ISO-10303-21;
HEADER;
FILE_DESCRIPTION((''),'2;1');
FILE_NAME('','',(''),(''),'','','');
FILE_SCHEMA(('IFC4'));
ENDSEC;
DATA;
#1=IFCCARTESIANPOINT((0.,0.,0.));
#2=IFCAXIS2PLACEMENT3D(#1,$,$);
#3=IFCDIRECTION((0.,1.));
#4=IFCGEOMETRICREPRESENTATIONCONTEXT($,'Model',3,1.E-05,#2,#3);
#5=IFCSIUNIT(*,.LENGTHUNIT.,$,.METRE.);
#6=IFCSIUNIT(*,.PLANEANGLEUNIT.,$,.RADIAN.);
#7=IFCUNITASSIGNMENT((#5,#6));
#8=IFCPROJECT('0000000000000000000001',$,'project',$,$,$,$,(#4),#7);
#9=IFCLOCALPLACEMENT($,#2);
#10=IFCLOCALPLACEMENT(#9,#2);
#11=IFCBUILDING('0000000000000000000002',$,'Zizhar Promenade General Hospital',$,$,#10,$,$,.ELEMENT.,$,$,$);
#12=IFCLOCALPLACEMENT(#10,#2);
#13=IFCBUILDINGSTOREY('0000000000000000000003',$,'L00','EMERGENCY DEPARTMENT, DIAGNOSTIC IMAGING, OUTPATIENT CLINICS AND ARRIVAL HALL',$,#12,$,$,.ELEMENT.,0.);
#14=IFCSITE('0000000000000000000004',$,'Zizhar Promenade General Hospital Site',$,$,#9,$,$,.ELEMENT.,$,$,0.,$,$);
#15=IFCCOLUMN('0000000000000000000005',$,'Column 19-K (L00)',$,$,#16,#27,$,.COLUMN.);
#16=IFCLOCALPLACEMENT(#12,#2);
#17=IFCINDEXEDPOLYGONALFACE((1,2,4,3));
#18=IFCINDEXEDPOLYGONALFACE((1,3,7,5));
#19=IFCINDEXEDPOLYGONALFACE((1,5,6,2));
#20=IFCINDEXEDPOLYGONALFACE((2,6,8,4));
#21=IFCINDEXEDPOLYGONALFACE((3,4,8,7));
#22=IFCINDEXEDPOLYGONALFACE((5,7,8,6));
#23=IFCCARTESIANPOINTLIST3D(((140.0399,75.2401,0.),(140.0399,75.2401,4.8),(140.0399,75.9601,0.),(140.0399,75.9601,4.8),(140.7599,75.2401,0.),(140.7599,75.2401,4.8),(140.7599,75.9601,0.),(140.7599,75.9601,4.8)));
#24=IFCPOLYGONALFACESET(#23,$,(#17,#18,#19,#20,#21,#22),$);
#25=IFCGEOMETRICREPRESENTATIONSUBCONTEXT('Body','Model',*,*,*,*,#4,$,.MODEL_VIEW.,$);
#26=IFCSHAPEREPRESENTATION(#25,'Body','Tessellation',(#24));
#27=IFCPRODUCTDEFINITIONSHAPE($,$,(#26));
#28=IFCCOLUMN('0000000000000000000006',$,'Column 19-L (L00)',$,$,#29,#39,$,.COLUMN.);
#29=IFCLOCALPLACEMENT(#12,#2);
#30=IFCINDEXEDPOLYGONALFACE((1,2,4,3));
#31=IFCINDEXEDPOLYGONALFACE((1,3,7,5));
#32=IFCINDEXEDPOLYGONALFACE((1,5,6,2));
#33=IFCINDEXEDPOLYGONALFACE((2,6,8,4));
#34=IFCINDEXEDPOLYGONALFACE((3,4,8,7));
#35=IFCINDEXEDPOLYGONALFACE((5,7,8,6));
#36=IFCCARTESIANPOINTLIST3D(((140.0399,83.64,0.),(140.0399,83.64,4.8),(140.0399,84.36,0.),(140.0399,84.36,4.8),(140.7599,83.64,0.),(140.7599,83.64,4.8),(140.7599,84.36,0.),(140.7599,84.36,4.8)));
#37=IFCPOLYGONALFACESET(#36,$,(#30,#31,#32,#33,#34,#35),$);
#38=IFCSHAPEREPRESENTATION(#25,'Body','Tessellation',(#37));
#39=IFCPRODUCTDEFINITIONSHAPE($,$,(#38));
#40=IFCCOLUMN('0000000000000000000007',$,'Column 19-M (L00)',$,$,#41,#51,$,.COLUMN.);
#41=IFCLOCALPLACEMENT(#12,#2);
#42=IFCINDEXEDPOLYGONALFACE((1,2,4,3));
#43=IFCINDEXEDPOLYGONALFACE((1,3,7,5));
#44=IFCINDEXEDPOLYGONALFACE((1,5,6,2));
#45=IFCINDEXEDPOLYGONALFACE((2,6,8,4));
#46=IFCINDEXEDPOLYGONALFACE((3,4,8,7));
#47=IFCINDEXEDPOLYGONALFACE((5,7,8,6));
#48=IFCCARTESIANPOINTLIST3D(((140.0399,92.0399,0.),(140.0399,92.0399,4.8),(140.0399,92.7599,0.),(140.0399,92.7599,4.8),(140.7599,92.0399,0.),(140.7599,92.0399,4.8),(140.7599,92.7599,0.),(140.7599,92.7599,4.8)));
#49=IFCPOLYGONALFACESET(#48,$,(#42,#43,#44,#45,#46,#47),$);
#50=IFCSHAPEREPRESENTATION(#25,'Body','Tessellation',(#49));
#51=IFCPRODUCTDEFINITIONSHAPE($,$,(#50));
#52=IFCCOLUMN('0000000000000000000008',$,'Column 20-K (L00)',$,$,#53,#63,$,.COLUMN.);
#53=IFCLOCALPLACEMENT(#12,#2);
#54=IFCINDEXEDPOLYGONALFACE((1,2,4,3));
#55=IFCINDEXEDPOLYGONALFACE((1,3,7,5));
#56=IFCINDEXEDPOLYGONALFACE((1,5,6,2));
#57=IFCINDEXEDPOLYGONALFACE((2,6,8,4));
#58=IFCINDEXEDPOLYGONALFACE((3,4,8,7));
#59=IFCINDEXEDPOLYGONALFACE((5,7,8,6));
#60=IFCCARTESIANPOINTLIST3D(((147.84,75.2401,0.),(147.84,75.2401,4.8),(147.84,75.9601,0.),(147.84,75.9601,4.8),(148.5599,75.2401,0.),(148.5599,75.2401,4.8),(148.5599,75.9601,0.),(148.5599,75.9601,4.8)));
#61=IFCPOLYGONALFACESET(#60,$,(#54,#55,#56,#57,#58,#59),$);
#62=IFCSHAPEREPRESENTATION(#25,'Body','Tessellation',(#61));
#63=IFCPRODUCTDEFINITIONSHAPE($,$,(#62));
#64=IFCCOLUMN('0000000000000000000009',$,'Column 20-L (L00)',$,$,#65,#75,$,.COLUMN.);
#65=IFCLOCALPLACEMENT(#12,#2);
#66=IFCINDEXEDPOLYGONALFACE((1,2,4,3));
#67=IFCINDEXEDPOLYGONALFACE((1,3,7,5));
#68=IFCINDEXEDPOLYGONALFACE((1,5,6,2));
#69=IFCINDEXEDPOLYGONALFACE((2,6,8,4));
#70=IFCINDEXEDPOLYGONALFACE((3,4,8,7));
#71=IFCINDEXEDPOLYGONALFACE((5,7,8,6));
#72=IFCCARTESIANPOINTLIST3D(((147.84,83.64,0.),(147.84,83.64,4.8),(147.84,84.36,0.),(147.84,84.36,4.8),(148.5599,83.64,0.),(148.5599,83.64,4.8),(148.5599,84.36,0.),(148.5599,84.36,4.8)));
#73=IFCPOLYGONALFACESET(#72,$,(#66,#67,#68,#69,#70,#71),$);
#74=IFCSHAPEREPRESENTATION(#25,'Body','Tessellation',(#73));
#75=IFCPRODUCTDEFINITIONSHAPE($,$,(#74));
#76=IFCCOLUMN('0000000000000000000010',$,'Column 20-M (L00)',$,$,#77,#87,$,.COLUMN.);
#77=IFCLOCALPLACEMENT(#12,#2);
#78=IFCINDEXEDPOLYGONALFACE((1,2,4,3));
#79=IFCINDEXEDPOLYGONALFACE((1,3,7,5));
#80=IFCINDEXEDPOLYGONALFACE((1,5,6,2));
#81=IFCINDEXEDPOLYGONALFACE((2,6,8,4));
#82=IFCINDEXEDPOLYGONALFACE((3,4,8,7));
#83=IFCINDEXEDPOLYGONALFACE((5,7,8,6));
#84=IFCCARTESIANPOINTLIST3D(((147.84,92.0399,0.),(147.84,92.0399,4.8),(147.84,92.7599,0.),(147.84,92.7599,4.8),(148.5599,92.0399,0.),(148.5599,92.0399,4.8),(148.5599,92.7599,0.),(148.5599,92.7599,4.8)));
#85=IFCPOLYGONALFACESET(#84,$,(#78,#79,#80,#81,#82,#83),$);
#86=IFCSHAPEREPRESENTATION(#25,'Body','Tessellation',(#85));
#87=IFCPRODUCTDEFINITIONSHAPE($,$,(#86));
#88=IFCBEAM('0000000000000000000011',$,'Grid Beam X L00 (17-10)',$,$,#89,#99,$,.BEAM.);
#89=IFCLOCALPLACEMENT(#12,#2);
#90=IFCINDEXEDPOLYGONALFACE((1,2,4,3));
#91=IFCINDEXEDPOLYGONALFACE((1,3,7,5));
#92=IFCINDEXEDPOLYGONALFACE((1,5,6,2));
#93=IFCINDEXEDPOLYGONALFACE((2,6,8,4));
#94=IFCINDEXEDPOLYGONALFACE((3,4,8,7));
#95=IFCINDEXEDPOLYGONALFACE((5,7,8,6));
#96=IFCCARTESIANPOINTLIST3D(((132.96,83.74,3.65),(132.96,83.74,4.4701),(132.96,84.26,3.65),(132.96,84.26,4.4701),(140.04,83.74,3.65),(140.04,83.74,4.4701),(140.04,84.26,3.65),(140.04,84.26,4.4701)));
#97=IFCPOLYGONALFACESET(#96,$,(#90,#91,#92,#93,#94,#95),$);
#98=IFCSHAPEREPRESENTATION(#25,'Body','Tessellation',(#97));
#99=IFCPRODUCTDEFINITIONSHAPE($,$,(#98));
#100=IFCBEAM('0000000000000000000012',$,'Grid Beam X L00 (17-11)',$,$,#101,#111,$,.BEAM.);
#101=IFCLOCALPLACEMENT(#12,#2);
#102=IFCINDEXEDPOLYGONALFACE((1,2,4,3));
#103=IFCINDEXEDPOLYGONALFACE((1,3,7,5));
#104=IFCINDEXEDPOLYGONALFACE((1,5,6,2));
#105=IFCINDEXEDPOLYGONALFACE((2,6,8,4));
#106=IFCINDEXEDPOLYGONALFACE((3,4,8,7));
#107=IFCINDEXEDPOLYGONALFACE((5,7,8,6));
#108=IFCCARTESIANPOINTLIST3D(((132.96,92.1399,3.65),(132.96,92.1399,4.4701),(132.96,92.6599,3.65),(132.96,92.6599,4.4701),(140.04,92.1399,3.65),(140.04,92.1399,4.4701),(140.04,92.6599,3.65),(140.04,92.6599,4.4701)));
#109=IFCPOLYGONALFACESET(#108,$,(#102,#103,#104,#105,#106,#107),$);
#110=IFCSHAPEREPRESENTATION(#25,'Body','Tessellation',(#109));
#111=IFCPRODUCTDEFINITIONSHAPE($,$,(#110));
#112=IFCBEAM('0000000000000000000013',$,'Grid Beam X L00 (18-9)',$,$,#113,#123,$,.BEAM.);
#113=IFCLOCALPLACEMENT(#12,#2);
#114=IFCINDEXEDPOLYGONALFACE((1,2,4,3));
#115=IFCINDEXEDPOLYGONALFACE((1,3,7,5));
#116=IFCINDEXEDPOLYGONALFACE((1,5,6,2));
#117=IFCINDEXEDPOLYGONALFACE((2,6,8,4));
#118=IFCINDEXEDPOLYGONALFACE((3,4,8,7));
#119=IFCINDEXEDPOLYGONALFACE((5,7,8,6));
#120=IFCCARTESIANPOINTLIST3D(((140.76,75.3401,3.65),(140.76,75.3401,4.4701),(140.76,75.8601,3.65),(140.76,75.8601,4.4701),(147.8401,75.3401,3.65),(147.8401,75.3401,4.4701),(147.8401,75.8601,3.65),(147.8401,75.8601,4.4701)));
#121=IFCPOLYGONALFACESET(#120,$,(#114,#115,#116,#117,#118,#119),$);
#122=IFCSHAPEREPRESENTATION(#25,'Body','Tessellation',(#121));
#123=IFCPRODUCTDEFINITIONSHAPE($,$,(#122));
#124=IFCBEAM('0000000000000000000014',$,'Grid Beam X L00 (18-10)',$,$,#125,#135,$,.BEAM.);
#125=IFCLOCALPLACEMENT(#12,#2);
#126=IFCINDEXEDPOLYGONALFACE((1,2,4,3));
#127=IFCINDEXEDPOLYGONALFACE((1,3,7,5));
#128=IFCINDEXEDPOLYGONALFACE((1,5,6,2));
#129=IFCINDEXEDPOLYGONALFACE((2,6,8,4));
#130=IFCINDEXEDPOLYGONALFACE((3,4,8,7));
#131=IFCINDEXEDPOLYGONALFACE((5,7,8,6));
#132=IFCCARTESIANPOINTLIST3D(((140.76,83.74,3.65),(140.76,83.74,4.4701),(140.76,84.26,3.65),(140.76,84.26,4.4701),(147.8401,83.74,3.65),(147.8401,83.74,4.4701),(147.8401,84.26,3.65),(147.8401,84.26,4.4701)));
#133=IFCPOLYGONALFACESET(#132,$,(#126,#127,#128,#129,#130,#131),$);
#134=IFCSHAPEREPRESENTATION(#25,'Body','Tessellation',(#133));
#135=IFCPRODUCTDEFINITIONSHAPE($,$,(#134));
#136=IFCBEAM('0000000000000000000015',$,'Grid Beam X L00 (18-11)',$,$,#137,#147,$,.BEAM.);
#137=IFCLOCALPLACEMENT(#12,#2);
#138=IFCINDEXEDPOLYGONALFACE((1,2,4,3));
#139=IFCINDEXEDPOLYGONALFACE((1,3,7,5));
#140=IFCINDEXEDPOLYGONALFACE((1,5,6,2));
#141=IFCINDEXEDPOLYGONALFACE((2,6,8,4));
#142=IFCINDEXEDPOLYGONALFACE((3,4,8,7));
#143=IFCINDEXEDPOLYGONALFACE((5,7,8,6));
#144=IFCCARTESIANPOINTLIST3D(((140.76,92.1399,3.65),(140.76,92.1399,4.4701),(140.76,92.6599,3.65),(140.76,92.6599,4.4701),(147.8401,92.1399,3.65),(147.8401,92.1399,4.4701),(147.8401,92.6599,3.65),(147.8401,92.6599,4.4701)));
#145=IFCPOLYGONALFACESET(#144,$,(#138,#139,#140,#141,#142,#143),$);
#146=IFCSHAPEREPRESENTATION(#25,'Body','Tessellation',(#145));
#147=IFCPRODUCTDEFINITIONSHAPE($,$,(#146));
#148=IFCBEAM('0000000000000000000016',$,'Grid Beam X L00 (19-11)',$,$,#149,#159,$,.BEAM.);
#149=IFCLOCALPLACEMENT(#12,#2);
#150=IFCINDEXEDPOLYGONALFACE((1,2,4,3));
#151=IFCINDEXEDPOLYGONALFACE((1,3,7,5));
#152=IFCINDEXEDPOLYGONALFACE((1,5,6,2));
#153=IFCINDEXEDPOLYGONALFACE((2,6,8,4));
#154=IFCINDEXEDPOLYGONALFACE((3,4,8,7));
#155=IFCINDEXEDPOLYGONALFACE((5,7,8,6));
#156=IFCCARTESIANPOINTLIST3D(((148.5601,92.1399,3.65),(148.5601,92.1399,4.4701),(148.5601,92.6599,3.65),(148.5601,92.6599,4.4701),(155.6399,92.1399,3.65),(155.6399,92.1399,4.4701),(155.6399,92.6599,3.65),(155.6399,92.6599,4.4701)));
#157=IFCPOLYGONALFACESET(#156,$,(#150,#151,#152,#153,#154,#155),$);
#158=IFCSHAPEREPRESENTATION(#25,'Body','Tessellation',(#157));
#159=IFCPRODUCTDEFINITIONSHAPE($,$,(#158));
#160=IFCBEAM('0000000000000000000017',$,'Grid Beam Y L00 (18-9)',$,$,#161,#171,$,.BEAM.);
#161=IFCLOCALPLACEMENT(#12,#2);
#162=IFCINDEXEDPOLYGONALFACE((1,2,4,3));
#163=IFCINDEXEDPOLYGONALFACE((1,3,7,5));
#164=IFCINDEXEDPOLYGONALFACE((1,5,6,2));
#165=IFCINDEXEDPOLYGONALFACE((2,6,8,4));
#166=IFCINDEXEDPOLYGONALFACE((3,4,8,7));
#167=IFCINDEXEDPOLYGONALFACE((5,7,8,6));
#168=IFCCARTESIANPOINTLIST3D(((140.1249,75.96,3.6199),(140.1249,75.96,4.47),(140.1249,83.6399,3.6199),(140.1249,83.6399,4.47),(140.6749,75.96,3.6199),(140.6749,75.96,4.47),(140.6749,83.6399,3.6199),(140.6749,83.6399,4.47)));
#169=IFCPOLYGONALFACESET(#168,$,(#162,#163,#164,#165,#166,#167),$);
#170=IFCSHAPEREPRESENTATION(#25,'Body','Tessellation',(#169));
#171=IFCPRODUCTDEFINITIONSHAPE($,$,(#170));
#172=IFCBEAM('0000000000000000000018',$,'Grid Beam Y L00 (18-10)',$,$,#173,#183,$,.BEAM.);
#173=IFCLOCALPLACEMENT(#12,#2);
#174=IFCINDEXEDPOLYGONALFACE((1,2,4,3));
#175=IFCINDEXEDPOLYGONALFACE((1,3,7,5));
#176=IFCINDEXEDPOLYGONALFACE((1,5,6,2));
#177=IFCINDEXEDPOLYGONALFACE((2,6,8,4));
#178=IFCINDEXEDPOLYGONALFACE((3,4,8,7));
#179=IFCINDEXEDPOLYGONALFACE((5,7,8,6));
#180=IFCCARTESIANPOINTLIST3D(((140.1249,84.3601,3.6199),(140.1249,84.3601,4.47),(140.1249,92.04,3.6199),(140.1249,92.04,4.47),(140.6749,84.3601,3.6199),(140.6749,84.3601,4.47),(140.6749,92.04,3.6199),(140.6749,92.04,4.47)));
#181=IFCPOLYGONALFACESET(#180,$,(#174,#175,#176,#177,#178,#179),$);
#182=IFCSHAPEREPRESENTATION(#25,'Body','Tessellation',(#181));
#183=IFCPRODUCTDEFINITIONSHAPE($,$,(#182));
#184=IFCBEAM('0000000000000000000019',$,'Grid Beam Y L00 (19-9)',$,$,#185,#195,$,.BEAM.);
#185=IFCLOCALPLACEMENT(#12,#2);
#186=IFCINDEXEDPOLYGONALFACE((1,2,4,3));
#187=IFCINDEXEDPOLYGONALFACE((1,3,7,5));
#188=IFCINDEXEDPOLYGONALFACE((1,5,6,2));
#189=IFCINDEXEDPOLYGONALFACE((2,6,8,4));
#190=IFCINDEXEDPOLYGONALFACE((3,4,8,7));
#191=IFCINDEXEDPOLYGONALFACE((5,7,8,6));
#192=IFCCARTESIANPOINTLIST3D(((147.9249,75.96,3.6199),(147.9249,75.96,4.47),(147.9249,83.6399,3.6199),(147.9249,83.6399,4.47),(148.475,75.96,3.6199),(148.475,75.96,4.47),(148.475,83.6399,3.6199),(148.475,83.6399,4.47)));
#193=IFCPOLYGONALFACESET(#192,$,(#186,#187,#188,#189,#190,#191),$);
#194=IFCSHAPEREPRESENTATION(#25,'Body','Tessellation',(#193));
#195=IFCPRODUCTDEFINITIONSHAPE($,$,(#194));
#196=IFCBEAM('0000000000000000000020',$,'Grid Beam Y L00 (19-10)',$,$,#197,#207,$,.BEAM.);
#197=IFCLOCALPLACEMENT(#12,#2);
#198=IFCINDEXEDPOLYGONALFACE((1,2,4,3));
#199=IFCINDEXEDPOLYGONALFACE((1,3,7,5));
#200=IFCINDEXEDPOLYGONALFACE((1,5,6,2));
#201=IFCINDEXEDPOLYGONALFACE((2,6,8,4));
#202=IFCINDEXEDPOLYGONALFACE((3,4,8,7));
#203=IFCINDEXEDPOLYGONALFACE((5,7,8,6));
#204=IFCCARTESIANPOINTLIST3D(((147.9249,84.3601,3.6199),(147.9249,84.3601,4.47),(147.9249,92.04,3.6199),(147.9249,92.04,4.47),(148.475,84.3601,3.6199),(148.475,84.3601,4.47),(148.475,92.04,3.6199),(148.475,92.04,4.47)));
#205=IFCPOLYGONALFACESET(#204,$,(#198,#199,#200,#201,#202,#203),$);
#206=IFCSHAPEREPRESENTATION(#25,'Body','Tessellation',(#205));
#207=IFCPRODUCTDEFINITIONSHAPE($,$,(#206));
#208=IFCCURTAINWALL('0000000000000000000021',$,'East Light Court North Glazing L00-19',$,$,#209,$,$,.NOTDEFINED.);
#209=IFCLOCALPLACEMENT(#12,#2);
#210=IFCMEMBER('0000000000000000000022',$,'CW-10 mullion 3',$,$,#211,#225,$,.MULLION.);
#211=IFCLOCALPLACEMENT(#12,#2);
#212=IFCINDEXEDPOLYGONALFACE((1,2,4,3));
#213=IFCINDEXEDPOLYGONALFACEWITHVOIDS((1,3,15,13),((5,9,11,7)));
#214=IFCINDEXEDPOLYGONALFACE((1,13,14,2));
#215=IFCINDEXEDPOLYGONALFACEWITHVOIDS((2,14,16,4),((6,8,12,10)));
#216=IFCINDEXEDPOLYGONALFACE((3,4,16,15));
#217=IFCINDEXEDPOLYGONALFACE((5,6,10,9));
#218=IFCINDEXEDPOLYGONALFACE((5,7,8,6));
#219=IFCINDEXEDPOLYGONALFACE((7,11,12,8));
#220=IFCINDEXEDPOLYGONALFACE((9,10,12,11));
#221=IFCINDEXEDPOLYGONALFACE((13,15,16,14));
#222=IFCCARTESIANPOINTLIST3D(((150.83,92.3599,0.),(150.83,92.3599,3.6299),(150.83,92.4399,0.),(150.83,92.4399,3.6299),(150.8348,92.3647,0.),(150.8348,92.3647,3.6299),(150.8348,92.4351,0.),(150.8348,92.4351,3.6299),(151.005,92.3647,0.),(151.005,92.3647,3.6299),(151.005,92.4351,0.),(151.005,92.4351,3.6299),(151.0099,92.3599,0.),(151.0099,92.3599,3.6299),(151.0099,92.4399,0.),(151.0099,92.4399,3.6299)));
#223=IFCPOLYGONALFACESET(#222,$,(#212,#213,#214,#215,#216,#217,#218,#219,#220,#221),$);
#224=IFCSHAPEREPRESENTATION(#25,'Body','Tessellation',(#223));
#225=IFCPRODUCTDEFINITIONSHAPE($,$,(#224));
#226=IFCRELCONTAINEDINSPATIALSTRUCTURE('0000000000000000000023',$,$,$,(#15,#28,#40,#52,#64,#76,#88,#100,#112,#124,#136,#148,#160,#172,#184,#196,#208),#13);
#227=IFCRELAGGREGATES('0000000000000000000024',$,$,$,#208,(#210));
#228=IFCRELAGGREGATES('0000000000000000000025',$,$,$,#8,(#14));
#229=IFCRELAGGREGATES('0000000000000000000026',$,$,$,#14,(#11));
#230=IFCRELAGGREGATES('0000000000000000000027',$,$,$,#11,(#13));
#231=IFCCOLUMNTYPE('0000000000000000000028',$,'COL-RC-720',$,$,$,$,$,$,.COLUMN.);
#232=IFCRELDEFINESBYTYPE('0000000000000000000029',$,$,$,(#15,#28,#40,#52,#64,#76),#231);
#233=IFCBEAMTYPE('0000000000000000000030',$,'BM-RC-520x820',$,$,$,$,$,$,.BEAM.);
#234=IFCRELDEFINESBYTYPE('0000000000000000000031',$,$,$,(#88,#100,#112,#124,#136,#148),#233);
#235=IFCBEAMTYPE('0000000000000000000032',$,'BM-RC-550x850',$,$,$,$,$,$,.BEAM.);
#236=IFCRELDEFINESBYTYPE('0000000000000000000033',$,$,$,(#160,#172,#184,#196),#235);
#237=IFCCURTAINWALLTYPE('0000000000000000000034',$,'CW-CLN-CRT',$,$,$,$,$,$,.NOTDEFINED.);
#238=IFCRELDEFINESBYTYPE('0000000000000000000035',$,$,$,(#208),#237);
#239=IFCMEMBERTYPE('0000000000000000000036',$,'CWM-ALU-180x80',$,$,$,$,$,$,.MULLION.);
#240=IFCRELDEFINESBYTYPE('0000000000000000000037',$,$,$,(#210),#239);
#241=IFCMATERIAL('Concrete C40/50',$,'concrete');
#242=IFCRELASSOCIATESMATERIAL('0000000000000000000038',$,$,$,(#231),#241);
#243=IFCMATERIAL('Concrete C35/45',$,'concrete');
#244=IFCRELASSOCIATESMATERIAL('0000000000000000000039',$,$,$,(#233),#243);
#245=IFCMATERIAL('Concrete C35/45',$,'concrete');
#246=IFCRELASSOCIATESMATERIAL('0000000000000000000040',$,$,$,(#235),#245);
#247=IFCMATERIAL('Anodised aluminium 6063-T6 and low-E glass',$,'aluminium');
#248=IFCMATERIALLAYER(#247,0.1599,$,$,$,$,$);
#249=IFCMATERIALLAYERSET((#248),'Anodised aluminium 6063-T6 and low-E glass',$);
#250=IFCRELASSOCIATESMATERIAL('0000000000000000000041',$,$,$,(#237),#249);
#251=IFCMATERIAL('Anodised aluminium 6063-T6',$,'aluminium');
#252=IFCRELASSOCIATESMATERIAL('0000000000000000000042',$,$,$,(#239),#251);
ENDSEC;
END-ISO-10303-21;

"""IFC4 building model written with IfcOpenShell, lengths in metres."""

from ifc_helpers import new_model, si_unit, direction, frame, origin, origin_2d, place, context, subcontext, project, spatial, rectangle, hollow_rectangle, extrude, material, layer, layer_set, material_profile, profile_set, type_object, element, aggregate, save


model = new_model("IFC4")

# Units and contexts
model_context = context("Model", 3, precision=1e-05, world=origin(), true_north=direction((0.0, 1.0)))
body_context = subcontext(model_context, "Body", "Model", "MODEL_VIEW")
ifc_project = project(units=[si_unit("LENGTHUNIT", "METRE"), si_unit("PLANEANGLEUNIT", "RADIAN")], contexts=[model_context])

# Site, building, storey
site_placement = place(None, origin())
site = spatial("IfcSite", under=ifc_project, at=site_placement, Name="Zizhar Promenade General Hospital Site", CompositionType="ELEMENT", RefElevation=0.0)
building_placement = place(site_placement, origin())
building = spatial("IfcBuilding", under=site, at=building_placement, Name="Zizhar Promenade General Hospital", CompositionType="ELEMENT")
storey_placement = place(building_placement, origin())
storey = spatial("IfcBuildingStorey", under=building, at=storey_placement, Name="L00", Description="EMERGENCY DEPARTMENT, DIAGNOSTIC IMAGING, OUTPATIENT CLINICS AND ARRIVAL HALL", CompositionType="ELEMENT", Elevation=0.0)

# Columns
ifc_material_1 = material(Name="Concrete C40/50", Category="concrete")
ifc_material_profile_1 = material_profile(ifc_material_1, rectangle(XDim=0.72, YDim=0.72, at=origin_2d()))
ifc_profile_set_1 = profile_set([ifc_material_profile_1], Name="Concrete C40/50")
column_type = type_object("IfcColumnType", Name="COL-RC-720", PredefinedType="COLUMN", material=ifc_profile_set_1)
for number, where, z_axis, x_axis, name in (
    (1, (140.3999, 75.6001, 0.0), (0.0, 0.0, 1.0), (1.0, 0.0, 0.0), "Column 19-K (L00)"),
    (2, (140.3999, 84.0, 0.0), (0.0, 0.0, 1.0), (1.0, 0.0, 0.0), "Column 19-L (L00)"),
    (3, (140.3999, 92.3999, 0.0), (0.0, 0.0, 1.0), (1.0, 0.0, 0.0), "Column 19-M (L00)"),
    (4, (148.2, 75.6001, 0.0), (0.0, 0.0, 1.0), (1.0, 0.0, 0.0), "Column 20-K (L00)"),
    (5, (148.2, 84.0, 0.0), (0.0, 0.0, 1.0), (1.0, 0.0, 0.0), "Column 20-L (L00)"),
    (6, (148.2, 92.3999, 0.0), (0.0, 0.0, 1.0), (1.0, 0.0, 0.0), "Column 20-M (L00)"),
):
    element("IfcColumn", number, at=place(storey_placement, frame(where, z_axis=z_axis, x_axis=x_axis)), inside=storey, type_object=column_type, Name=name, PredefinedType="COLUMN", context=body_context, shape_type="SweptSolid", body=[
        extrude(rectangle(XDim=0.72, YDim=0.72, at=origin_2d()), origin(), (0.0, 0.0, 1.0), 4.8),
    ])

# Beams
ifc_material_2 = material(Name="Concrete C35/45", Category="concrete")
ifc_material_profile_2 = material_profile(ifc_material_2, rectangle(XDim=0.52, YDim=0.8201, at=origin_2d()))
ifc_profile_set_2 = profile_set([ifc_material_profile_2], Name="Concrete C35/45")
beam_type_1 = type_object("IfcBeamType", Name="BM-RC-520x820", PredefinedType="BEAM", material=ifc_profile_set_2)
for number, where, z_axis, x_axis, name in (
    (7, (132.96, 84.0, 4.0601), (1.0, 0.0, 0.0), (0.0, 1.0, 0.0), "Grid Beam X L00 (17-10)"),
    (8, (132.96, 92.3999, 4.0601), (1.0, 0.0, 0.0), (0.0, 1.0, 0.0), "Grid Beam X L00 (17-11)"),
    (9, (140.76, 75.6001, 4.0601), (1.0, 0.0, 0.0), (0.0, 1.0, 0.0), "Grid Beam X L00 (18-9)"),
    (10, (140.76, 84.0, 4.0601), (1.0, 0.0, 0.0), (0.0, 1.0, 0.0), "Grid Beam X L00 (18-10)"),
    (11, (140.76, 92.3999, 4.0601), (1.0, 0.0, 0.0), (0.0, 1.0, 0.0), "Grid Beam X L00 (18-11)"),
):
    element("IfcBeam", number, at=place(storey_placement, frame(where, z_axis=z_axis, x_axis=x_axis)), inside=storey, type_object=beam_type_1, Name=name, PredefinedType="BEAM", context=body_context, shape_type="SweptSolid", body=[
        extrude(rectangle(XDim=0.52, YDim=0.8201, at=origin_2d()), origin(), (0.0, 0.0, 1.0), 7.0801),
    ])
beam_placement = place(storey_placement, frame((148.5601, 92.3999, 4.0601), z_axis=(1.0, 0.0, 0.0), x_axis=(0.0, 1.0, 0.0)))
element("IfcBeam", 12, at=beam_placement, inside=storey, type_object=beam_type_1, Name="Grid Beam X L00 (19-11)", PredefinedType="BEAM", context=body_context, shape_type="SweptSolid", body=[
    extrude(rectangle(XDim=0.52, YDim=0.8201, at=origin_2d()), origin(), (0.0, 0.0, 1.0), 7.0798),
])
ifc_material_3 = material(Name="Concrete C35/45", Category="concrete")
ifc_material_profile_3 = material_profile(ifc_material_3, rectangle(XDim=0.55, YDim=0.8501, at=origin_2d()))
ifc_profile_set_3 = profile_set([ifc_material_profile_3], Name="Concrete C35/45")
beam_type_2 = type_object("IfcBeamType", Name="BM-RC-550x850", PredefinedType="BEAM", material=ifc_profile_set_3)
for number, where, z_axis, x_axis, name in (
    (13, (140.3999, 75.96, 4.0449), (0.0, 1.0, 0.0), (-1.0, 0.0, 0.0), "Grid Beam Y L00 (18-9)"),
    (14, (140.3999, 84.3601, 4.0449), (0.0, 1.0, 0.0), (-1.0, 0.0, 0.0), "Grid Beam Y L00 (18-10)"),
    (15, (148.2, 75.96, 4.0449), (0.0, 1.0, 0.0), (-1.0, 0.0, 0.0), "Grid Beam Y L00 (19-9)"),
    (16, (148.2, 84.3601, 4.0449), (0.0, 1.0, 0.0), (-1.0, 0.0, 0.0), "Grid Beam Y L00 (19-10)"),
):
    element("IfcBeam", number, at=place(storey_placement, frame(where, z_axis=z_axis, x_axis=x_axis)), inside=storey, type_object=beam_type_2, Name=name, PredefinedType="BEAM", context=body_context, shape_type="SweptSolid", body=[
        extrude(rectangle(XDim=0.55, YDim=0.8501, at=origin_2d()), origin(), (0.0, 0.0, 1.0), 7.6799),
    ])

# Curtain wall, member
ifc_material_4 = material(Name="Anodised aluminium 6063-T6 and low-E glass", Category="aluminium")
ifc_layer_1 = layer(ifc_material_4, 0.1599)
ifc_layer_set_1 = layer_set([ifc_layer_1], Name="Anodised aluminium 6063-T6 and low-E glass")
curtain_wall_type = type_object("IfcCurtainWallType", Name="CW-CLN-CRT", PredefinedType="NOTDEFINED", material=ifc_layer_set_1)
curtain_wall_placement = place(storey_placement, origin())
curtain_wall = element("IfcCurtainWall", 17, at=curtain_wall_placement, inside=storey, type_object=curtain_wall_type, Name="East Light Court North Glazing L00-19", PredefinedType="NOTDEFINED")
ifc_material_5 = material(Name="Anodised aluminium 6063-T6", Category="aluminium")
ifc_material_profile_4 = material_profile(ifc_material_5, hollow_rectangle(XDim=0.0801, YDim=0.1799, WallThickness=0.0049, at=origin_2d()))
ifc_profile_set_4 = profile_set([ifc_material_profile_4], Name="Anodised aluminium 6063-T6")
member_type_1 = type_object("IfcMemberType", Name="CWM-ALU-180x80", PredefinedType="MULLION", material=ifc_profile_set_4)
member_1_placement = place(storey_placement, frame((150.9199, 92.3999, 0.0), z_axis=(0.0, 0.0, 1.0), x_axis=(0.0, -1.0, 0.0)))
member_1 = element("IfcMember", 18, at=member_1_placement, type_object=member_type_1, Name="CW-10 mullion 3", PredefinedType="MULLION", context=body_context, shape_type="SweptSolid", body=[
    extrude(hollow_rectangle(XDim=0.0801, YDim=0.1799, WallThickness=0.0049, at=origin_2d()), origin(), (0.0, 0.0, 1.0), 3.6299),
])
aggregate(curtain_wall, [member_1])

save(model, "model.ifc")
